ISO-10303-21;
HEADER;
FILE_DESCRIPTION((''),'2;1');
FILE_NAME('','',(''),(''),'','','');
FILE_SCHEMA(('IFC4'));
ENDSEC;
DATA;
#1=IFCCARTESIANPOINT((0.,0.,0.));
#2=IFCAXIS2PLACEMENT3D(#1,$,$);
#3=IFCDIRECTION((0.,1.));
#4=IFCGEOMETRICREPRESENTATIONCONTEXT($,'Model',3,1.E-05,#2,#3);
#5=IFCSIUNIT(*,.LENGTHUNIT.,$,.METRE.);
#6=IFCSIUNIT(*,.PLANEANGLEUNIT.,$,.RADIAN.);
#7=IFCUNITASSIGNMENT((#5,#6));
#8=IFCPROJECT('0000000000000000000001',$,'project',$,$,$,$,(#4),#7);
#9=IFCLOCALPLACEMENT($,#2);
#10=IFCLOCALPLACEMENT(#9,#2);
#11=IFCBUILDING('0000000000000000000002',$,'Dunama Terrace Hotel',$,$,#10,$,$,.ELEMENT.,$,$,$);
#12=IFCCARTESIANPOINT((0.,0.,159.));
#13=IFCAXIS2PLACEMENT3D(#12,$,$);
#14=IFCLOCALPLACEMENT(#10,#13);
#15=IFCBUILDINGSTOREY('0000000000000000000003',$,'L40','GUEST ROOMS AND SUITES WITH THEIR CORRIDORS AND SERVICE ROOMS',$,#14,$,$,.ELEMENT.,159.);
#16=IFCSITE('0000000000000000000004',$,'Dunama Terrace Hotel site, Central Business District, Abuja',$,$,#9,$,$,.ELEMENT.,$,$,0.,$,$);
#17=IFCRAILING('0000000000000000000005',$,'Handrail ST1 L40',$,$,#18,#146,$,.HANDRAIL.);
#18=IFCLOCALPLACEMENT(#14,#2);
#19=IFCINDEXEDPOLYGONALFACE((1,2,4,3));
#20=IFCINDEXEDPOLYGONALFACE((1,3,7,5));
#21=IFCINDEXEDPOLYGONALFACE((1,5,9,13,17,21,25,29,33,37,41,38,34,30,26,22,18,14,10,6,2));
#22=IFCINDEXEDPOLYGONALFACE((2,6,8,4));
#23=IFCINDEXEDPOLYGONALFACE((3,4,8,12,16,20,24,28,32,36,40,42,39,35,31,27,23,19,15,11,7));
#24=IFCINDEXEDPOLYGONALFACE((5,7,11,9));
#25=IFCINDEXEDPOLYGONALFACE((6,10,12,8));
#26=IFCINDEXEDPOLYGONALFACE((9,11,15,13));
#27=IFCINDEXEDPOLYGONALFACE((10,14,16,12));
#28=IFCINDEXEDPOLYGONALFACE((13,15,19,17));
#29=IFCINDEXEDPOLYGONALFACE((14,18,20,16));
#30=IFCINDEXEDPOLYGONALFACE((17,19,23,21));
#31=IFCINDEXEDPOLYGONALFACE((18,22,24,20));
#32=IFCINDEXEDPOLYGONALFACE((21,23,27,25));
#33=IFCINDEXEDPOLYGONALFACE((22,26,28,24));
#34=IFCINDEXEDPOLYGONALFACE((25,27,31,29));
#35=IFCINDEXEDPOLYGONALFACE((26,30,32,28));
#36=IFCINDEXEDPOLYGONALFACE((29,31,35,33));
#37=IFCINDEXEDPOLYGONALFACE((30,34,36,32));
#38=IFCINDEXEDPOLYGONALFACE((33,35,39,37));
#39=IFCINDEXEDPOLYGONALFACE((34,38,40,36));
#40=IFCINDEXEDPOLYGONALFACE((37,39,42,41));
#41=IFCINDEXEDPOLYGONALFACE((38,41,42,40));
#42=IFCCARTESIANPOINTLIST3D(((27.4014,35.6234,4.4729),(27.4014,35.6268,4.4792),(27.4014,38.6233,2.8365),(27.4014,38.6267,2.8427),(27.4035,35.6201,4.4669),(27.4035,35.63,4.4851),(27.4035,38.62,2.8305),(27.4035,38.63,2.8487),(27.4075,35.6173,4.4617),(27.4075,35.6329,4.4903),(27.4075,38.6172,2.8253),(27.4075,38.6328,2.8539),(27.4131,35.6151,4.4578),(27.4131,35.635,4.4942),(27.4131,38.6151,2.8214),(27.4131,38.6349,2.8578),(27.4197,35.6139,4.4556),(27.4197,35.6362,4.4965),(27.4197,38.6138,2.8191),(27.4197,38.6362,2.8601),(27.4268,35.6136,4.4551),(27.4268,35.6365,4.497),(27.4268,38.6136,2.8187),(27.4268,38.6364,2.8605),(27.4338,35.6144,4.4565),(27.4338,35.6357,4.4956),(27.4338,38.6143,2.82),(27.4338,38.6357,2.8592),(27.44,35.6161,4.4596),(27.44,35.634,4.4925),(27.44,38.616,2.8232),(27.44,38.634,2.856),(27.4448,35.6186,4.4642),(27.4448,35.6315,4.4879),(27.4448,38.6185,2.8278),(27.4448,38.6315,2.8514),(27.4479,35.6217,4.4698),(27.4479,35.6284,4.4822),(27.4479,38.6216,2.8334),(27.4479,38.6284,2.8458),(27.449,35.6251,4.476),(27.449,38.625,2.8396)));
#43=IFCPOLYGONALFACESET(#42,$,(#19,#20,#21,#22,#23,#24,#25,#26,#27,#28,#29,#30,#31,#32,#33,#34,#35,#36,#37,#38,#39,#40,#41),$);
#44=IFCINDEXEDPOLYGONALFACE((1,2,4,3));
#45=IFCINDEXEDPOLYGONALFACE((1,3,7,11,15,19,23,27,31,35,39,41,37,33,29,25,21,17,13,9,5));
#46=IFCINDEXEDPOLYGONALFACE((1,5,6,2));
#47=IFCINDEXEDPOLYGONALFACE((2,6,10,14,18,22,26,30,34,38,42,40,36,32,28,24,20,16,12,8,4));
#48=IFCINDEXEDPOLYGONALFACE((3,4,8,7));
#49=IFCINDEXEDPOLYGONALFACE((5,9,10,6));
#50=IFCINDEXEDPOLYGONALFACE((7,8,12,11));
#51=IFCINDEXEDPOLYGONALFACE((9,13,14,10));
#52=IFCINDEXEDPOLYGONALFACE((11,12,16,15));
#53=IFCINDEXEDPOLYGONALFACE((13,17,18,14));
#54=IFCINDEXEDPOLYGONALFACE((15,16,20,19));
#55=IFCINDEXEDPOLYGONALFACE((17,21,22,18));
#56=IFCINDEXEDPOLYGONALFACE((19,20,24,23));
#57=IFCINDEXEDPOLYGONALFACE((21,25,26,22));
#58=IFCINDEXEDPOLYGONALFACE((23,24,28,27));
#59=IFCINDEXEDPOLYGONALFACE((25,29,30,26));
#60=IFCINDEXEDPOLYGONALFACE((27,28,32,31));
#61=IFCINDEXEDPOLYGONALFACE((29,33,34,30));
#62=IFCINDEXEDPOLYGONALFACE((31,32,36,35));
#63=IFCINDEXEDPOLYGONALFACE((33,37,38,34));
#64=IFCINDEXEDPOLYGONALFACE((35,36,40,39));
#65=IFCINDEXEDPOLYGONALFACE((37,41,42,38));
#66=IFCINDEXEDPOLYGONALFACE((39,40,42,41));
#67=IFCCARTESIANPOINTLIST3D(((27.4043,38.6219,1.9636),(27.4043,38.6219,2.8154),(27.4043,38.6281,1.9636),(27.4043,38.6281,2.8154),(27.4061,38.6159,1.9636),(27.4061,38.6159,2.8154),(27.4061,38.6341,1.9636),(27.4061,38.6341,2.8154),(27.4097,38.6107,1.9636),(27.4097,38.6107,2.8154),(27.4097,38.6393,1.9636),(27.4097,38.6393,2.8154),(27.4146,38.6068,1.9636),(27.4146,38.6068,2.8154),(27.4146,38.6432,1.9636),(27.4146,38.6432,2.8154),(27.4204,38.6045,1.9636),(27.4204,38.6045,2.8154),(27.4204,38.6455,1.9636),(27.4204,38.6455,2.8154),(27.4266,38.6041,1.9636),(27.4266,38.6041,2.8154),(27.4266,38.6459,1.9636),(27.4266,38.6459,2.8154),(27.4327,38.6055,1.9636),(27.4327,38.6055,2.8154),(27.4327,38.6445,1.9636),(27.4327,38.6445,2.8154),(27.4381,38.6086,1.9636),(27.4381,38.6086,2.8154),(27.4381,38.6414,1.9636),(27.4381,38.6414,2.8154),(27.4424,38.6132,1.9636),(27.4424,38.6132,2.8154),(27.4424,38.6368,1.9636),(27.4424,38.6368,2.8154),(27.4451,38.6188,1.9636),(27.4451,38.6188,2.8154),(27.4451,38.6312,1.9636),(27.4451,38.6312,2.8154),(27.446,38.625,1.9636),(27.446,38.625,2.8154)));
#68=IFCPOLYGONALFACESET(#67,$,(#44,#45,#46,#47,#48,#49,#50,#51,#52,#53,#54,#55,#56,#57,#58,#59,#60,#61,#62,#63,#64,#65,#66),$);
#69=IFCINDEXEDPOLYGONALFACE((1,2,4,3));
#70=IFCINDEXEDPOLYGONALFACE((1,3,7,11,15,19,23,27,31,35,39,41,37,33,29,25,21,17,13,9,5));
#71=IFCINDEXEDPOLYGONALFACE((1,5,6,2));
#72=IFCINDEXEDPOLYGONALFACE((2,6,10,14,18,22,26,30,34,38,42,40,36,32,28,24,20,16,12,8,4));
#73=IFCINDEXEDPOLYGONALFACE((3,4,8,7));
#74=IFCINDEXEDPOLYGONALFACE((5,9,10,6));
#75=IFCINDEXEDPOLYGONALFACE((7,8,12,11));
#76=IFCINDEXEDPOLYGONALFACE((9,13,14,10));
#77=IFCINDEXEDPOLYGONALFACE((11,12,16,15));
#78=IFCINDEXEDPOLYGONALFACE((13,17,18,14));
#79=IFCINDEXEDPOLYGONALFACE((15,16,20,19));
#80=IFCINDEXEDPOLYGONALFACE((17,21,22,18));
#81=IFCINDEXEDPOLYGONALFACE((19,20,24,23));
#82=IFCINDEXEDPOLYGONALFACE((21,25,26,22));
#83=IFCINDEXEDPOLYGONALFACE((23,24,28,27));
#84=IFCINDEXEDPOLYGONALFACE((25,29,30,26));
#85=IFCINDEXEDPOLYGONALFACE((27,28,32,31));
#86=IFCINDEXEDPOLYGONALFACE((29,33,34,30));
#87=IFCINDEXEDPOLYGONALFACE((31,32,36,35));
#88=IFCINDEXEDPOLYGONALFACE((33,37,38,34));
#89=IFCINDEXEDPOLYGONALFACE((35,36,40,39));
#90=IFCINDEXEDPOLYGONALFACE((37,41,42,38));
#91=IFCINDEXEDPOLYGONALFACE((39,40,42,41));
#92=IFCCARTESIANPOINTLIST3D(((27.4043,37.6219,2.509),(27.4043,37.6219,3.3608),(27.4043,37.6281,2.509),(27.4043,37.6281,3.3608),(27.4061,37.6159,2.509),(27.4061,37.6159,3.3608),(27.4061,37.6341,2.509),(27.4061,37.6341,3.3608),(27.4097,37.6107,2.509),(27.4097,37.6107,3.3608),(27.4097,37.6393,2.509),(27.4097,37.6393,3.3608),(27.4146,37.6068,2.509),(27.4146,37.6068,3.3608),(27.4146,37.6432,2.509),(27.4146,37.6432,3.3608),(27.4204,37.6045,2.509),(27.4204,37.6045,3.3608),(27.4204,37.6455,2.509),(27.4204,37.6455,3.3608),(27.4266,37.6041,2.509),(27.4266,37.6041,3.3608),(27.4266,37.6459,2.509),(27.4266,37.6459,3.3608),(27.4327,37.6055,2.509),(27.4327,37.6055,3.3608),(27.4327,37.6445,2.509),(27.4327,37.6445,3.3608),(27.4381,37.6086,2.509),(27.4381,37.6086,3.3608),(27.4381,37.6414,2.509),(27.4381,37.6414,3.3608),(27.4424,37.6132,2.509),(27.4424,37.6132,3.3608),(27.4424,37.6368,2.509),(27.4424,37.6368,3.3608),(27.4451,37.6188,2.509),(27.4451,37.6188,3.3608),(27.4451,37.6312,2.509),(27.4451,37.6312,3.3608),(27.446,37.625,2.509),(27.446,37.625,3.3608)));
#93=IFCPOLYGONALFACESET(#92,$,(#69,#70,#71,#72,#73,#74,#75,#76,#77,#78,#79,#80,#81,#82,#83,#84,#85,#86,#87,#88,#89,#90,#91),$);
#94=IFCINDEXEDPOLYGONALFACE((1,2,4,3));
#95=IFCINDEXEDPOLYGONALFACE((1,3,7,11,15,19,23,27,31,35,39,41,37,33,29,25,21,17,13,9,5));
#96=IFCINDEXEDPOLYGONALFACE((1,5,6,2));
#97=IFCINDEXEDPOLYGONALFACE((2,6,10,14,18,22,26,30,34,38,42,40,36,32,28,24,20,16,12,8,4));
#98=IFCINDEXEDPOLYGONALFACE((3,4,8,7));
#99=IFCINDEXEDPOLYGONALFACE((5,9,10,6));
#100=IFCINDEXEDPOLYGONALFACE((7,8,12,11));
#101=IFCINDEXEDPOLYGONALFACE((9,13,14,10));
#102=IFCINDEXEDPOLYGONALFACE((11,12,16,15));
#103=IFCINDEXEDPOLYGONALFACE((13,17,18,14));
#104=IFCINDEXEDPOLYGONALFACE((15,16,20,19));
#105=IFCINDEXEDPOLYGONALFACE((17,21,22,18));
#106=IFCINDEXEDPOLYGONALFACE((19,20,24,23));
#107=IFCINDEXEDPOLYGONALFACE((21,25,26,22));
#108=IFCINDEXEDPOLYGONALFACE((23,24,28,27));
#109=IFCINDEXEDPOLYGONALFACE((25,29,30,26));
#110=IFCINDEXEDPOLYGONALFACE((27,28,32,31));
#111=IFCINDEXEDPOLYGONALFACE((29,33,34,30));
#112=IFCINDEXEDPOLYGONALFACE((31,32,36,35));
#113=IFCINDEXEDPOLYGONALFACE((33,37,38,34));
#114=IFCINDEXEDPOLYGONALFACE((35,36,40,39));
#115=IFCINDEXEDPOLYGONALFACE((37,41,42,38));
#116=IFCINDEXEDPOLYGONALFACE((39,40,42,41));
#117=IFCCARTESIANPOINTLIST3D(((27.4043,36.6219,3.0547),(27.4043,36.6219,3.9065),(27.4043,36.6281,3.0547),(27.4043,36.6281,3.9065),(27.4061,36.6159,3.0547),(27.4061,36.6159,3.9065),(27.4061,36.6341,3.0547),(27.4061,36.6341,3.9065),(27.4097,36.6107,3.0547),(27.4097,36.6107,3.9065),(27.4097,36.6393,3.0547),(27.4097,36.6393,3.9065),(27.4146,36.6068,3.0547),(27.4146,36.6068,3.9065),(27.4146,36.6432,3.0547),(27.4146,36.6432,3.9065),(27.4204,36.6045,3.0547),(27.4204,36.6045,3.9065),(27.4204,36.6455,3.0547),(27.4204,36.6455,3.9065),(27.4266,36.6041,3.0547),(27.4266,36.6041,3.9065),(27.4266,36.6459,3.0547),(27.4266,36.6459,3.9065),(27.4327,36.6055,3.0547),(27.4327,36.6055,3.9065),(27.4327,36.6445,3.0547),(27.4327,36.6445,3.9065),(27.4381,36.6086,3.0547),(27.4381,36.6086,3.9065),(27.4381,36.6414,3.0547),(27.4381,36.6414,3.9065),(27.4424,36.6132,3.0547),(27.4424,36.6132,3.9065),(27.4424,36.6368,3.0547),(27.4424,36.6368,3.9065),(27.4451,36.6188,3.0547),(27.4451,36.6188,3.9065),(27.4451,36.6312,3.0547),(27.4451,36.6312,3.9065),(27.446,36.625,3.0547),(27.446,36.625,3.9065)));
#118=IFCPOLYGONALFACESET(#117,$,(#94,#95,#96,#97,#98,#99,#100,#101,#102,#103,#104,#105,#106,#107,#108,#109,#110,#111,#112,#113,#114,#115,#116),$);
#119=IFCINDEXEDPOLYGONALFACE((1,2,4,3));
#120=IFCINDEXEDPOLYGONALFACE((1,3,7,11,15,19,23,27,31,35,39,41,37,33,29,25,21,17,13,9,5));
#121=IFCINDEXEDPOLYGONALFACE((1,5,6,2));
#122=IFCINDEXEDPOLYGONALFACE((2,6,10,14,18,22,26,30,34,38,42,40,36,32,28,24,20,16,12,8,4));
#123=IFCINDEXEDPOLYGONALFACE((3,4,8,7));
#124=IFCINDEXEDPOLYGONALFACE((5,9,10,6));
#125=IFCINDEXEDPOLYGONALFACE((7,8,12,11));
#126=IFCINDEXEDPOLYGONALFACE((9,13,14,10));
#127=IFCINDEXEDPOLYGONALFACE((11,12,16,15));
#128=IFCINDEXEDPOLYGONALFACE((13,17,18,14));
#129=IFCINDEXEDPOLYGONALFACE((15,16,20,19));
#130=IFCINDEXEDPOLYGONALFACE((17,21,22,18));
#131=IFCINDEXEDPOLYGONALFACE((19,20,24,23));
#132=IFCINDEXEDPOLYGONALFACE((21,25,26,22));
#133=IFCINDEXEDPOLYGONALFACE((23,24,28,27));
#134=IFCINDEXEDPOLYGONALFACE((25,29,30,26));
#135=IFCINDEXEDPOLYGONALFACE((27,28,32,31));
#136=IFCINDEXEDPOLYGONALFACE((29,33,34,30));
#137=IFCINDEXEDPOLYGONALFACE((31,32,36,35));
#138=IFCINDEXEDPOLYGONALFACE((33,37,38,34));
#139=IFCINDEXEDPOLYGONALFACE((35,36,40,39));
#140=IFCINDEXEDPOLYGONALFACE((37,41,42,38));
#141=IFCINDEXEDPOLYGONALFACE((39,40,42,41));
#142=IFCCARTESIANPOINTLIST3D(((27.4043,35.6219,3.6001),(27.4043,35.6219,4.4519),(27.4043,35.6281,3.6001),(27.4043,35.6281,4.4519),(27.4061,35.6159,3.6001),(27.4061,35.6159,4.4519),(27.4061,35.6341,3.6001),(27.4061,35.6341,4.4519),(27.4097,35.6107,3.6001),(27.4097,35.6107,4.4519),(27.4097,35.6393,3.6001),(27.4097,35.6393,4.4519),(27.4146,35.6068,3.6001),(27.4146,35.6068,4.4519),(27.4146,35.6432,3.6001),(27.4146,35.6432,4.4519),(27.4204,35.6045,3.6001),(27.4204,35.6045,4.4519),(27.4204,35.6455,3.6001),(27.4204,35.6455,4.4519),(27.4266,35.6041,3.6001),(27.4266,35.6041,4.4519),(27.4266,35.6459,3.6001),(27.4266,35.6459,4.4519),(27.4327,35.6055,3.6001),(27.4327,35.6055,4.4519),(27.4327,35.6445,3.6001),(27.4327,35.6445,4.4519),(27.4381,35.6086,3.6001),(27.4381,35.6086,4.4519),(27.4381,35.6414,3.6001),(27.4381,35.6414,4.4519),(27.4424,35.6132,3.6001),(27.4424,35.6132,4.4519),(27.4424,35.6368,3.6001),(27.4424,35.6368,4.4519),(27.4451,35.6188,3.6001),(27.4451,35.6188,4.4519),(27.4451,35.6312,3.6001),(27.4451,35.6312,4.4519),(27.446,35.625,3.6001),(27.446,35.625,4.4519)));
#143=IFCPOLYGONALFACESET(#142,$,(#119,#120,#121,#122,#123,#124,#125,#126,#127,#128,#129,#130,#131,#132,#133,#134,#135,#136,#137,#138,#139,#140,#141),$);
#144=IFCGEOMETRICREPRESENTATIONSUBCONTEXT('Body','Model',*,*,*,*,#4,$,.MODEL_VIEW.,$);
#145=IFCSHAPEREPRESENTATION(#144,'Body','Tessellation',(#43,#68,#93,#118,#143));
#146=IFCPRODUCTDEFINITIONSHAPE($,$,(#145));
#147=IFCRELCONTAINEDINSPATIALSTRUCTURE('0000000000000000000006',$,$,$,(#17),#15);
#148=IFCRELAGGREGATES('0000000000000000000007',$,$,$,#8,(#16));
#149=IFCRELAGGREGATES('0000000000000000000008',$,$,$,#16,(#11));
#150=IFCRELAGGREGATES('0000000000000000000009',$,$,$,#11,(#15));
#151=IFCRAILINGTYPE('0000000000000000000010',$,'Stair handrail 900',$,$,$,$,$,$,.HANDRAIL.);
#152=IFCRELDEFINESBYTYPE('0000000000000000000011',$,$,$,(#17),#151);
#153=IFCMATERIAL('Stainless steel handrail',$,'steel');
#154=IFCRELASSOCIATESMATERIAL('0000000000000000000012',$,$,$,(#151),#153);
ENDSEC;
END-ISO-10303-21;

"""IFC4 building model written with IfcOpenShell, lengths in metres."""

from ifc_helpers import new_model, si_unit, direction, frame, origin, origin_2d, place, context, subcontext, project, spatial, circle, extrude, material, type_object, element, save


model = new_model("IFC4")

# Units and contexts
model_context = context("Model", 3, precision=1e-05, world=origin(), true_north=direction((0.0, 1.0)))
body_context = subcontext(model_context, "Body", "Model", "MODEL_VIEW")
ifc_project = project(units=[si_unit("LENGTHUNIT", "METRE"), si_unit("PLANEANGLEUNIT", "RADIAN")], contexts=[model_context])

# Site, building, storey
site_placement = place(None, origin())
site = spatial("IfcSite", under=ifc_project, at=site_placement, Name="Dunama Terrace Hotel site, Central Business District, Abuja", CompositionType="ELEMENT", RefElevation=0.0)
building_placement = place(site_placement, origin())
building = spatial("IfcBuilding", under=site, at=building_placement, Name="Dunama Terrace Hotel", CompositionType="ELEMENT")
storey_placement = place(building_placement, frame((0.0, 0.0, 159.0)))
storey = spatial("IfcBuildingStorey", under=building, at=storey_placement, Name="L40", Description="GUEST ROOMS AND SUITES WITH THEIR CORRIDORS AND SERVICE ROOMS", CompositionType="ELEMENT", Elevation=159.0)

# Railing
ifc_material_1 = material(Name="Stainless steel handrail", Category="steel")
railing_type = type_object("IfcRailingType", Name="Stair handrail 900", PredefinedType="HANDRAIL", material=ifc_material_1)
railing_1_placement = place(storey_placement, frame((27.425, 38.625, 1.9636)))
element("IfcRailing", 1, at=railing_1_placement, inside=storey, type_object=railing_type, Name="Handrail ST1 L40", PredefinedType="HANDRAIL", context=body_context, shape_type="SweptSolid", body=[
    extrude(circle(Radius=0.0239, at=origin_2d()), frame((0.0, 0.0, 0.876), z_axis=(0.0, -0.877882, 0.478877), x_axis=(1.0, 0.0, 0.0)), (0.0, 0.0, 1.0), 3.4172),
    extrude(circle(Radius=0.021, at=origin_2d()), origin(), (0.0, 0.0, 1.0), 0.8518),
    extrude(circle(Radius=0.021, at=origin_2d()), frame((0.0, -1.0, 0.5454)), (0.0, 0.0, 1.0), 0.8518),
    extrude(circle(Radius=0.021, at=origin_2d()), frame((0.0, -2.0, 1.0911)), (0.0, 0.0, 1.0), 0.8518),
    extrude(circle(Radius=0.021, at=origin_2d()), frame((0.0, -3.0, 1.6365)), (0.0, 0.0, 1.0), 0.8518),
])

save(model, "model.ifc")
